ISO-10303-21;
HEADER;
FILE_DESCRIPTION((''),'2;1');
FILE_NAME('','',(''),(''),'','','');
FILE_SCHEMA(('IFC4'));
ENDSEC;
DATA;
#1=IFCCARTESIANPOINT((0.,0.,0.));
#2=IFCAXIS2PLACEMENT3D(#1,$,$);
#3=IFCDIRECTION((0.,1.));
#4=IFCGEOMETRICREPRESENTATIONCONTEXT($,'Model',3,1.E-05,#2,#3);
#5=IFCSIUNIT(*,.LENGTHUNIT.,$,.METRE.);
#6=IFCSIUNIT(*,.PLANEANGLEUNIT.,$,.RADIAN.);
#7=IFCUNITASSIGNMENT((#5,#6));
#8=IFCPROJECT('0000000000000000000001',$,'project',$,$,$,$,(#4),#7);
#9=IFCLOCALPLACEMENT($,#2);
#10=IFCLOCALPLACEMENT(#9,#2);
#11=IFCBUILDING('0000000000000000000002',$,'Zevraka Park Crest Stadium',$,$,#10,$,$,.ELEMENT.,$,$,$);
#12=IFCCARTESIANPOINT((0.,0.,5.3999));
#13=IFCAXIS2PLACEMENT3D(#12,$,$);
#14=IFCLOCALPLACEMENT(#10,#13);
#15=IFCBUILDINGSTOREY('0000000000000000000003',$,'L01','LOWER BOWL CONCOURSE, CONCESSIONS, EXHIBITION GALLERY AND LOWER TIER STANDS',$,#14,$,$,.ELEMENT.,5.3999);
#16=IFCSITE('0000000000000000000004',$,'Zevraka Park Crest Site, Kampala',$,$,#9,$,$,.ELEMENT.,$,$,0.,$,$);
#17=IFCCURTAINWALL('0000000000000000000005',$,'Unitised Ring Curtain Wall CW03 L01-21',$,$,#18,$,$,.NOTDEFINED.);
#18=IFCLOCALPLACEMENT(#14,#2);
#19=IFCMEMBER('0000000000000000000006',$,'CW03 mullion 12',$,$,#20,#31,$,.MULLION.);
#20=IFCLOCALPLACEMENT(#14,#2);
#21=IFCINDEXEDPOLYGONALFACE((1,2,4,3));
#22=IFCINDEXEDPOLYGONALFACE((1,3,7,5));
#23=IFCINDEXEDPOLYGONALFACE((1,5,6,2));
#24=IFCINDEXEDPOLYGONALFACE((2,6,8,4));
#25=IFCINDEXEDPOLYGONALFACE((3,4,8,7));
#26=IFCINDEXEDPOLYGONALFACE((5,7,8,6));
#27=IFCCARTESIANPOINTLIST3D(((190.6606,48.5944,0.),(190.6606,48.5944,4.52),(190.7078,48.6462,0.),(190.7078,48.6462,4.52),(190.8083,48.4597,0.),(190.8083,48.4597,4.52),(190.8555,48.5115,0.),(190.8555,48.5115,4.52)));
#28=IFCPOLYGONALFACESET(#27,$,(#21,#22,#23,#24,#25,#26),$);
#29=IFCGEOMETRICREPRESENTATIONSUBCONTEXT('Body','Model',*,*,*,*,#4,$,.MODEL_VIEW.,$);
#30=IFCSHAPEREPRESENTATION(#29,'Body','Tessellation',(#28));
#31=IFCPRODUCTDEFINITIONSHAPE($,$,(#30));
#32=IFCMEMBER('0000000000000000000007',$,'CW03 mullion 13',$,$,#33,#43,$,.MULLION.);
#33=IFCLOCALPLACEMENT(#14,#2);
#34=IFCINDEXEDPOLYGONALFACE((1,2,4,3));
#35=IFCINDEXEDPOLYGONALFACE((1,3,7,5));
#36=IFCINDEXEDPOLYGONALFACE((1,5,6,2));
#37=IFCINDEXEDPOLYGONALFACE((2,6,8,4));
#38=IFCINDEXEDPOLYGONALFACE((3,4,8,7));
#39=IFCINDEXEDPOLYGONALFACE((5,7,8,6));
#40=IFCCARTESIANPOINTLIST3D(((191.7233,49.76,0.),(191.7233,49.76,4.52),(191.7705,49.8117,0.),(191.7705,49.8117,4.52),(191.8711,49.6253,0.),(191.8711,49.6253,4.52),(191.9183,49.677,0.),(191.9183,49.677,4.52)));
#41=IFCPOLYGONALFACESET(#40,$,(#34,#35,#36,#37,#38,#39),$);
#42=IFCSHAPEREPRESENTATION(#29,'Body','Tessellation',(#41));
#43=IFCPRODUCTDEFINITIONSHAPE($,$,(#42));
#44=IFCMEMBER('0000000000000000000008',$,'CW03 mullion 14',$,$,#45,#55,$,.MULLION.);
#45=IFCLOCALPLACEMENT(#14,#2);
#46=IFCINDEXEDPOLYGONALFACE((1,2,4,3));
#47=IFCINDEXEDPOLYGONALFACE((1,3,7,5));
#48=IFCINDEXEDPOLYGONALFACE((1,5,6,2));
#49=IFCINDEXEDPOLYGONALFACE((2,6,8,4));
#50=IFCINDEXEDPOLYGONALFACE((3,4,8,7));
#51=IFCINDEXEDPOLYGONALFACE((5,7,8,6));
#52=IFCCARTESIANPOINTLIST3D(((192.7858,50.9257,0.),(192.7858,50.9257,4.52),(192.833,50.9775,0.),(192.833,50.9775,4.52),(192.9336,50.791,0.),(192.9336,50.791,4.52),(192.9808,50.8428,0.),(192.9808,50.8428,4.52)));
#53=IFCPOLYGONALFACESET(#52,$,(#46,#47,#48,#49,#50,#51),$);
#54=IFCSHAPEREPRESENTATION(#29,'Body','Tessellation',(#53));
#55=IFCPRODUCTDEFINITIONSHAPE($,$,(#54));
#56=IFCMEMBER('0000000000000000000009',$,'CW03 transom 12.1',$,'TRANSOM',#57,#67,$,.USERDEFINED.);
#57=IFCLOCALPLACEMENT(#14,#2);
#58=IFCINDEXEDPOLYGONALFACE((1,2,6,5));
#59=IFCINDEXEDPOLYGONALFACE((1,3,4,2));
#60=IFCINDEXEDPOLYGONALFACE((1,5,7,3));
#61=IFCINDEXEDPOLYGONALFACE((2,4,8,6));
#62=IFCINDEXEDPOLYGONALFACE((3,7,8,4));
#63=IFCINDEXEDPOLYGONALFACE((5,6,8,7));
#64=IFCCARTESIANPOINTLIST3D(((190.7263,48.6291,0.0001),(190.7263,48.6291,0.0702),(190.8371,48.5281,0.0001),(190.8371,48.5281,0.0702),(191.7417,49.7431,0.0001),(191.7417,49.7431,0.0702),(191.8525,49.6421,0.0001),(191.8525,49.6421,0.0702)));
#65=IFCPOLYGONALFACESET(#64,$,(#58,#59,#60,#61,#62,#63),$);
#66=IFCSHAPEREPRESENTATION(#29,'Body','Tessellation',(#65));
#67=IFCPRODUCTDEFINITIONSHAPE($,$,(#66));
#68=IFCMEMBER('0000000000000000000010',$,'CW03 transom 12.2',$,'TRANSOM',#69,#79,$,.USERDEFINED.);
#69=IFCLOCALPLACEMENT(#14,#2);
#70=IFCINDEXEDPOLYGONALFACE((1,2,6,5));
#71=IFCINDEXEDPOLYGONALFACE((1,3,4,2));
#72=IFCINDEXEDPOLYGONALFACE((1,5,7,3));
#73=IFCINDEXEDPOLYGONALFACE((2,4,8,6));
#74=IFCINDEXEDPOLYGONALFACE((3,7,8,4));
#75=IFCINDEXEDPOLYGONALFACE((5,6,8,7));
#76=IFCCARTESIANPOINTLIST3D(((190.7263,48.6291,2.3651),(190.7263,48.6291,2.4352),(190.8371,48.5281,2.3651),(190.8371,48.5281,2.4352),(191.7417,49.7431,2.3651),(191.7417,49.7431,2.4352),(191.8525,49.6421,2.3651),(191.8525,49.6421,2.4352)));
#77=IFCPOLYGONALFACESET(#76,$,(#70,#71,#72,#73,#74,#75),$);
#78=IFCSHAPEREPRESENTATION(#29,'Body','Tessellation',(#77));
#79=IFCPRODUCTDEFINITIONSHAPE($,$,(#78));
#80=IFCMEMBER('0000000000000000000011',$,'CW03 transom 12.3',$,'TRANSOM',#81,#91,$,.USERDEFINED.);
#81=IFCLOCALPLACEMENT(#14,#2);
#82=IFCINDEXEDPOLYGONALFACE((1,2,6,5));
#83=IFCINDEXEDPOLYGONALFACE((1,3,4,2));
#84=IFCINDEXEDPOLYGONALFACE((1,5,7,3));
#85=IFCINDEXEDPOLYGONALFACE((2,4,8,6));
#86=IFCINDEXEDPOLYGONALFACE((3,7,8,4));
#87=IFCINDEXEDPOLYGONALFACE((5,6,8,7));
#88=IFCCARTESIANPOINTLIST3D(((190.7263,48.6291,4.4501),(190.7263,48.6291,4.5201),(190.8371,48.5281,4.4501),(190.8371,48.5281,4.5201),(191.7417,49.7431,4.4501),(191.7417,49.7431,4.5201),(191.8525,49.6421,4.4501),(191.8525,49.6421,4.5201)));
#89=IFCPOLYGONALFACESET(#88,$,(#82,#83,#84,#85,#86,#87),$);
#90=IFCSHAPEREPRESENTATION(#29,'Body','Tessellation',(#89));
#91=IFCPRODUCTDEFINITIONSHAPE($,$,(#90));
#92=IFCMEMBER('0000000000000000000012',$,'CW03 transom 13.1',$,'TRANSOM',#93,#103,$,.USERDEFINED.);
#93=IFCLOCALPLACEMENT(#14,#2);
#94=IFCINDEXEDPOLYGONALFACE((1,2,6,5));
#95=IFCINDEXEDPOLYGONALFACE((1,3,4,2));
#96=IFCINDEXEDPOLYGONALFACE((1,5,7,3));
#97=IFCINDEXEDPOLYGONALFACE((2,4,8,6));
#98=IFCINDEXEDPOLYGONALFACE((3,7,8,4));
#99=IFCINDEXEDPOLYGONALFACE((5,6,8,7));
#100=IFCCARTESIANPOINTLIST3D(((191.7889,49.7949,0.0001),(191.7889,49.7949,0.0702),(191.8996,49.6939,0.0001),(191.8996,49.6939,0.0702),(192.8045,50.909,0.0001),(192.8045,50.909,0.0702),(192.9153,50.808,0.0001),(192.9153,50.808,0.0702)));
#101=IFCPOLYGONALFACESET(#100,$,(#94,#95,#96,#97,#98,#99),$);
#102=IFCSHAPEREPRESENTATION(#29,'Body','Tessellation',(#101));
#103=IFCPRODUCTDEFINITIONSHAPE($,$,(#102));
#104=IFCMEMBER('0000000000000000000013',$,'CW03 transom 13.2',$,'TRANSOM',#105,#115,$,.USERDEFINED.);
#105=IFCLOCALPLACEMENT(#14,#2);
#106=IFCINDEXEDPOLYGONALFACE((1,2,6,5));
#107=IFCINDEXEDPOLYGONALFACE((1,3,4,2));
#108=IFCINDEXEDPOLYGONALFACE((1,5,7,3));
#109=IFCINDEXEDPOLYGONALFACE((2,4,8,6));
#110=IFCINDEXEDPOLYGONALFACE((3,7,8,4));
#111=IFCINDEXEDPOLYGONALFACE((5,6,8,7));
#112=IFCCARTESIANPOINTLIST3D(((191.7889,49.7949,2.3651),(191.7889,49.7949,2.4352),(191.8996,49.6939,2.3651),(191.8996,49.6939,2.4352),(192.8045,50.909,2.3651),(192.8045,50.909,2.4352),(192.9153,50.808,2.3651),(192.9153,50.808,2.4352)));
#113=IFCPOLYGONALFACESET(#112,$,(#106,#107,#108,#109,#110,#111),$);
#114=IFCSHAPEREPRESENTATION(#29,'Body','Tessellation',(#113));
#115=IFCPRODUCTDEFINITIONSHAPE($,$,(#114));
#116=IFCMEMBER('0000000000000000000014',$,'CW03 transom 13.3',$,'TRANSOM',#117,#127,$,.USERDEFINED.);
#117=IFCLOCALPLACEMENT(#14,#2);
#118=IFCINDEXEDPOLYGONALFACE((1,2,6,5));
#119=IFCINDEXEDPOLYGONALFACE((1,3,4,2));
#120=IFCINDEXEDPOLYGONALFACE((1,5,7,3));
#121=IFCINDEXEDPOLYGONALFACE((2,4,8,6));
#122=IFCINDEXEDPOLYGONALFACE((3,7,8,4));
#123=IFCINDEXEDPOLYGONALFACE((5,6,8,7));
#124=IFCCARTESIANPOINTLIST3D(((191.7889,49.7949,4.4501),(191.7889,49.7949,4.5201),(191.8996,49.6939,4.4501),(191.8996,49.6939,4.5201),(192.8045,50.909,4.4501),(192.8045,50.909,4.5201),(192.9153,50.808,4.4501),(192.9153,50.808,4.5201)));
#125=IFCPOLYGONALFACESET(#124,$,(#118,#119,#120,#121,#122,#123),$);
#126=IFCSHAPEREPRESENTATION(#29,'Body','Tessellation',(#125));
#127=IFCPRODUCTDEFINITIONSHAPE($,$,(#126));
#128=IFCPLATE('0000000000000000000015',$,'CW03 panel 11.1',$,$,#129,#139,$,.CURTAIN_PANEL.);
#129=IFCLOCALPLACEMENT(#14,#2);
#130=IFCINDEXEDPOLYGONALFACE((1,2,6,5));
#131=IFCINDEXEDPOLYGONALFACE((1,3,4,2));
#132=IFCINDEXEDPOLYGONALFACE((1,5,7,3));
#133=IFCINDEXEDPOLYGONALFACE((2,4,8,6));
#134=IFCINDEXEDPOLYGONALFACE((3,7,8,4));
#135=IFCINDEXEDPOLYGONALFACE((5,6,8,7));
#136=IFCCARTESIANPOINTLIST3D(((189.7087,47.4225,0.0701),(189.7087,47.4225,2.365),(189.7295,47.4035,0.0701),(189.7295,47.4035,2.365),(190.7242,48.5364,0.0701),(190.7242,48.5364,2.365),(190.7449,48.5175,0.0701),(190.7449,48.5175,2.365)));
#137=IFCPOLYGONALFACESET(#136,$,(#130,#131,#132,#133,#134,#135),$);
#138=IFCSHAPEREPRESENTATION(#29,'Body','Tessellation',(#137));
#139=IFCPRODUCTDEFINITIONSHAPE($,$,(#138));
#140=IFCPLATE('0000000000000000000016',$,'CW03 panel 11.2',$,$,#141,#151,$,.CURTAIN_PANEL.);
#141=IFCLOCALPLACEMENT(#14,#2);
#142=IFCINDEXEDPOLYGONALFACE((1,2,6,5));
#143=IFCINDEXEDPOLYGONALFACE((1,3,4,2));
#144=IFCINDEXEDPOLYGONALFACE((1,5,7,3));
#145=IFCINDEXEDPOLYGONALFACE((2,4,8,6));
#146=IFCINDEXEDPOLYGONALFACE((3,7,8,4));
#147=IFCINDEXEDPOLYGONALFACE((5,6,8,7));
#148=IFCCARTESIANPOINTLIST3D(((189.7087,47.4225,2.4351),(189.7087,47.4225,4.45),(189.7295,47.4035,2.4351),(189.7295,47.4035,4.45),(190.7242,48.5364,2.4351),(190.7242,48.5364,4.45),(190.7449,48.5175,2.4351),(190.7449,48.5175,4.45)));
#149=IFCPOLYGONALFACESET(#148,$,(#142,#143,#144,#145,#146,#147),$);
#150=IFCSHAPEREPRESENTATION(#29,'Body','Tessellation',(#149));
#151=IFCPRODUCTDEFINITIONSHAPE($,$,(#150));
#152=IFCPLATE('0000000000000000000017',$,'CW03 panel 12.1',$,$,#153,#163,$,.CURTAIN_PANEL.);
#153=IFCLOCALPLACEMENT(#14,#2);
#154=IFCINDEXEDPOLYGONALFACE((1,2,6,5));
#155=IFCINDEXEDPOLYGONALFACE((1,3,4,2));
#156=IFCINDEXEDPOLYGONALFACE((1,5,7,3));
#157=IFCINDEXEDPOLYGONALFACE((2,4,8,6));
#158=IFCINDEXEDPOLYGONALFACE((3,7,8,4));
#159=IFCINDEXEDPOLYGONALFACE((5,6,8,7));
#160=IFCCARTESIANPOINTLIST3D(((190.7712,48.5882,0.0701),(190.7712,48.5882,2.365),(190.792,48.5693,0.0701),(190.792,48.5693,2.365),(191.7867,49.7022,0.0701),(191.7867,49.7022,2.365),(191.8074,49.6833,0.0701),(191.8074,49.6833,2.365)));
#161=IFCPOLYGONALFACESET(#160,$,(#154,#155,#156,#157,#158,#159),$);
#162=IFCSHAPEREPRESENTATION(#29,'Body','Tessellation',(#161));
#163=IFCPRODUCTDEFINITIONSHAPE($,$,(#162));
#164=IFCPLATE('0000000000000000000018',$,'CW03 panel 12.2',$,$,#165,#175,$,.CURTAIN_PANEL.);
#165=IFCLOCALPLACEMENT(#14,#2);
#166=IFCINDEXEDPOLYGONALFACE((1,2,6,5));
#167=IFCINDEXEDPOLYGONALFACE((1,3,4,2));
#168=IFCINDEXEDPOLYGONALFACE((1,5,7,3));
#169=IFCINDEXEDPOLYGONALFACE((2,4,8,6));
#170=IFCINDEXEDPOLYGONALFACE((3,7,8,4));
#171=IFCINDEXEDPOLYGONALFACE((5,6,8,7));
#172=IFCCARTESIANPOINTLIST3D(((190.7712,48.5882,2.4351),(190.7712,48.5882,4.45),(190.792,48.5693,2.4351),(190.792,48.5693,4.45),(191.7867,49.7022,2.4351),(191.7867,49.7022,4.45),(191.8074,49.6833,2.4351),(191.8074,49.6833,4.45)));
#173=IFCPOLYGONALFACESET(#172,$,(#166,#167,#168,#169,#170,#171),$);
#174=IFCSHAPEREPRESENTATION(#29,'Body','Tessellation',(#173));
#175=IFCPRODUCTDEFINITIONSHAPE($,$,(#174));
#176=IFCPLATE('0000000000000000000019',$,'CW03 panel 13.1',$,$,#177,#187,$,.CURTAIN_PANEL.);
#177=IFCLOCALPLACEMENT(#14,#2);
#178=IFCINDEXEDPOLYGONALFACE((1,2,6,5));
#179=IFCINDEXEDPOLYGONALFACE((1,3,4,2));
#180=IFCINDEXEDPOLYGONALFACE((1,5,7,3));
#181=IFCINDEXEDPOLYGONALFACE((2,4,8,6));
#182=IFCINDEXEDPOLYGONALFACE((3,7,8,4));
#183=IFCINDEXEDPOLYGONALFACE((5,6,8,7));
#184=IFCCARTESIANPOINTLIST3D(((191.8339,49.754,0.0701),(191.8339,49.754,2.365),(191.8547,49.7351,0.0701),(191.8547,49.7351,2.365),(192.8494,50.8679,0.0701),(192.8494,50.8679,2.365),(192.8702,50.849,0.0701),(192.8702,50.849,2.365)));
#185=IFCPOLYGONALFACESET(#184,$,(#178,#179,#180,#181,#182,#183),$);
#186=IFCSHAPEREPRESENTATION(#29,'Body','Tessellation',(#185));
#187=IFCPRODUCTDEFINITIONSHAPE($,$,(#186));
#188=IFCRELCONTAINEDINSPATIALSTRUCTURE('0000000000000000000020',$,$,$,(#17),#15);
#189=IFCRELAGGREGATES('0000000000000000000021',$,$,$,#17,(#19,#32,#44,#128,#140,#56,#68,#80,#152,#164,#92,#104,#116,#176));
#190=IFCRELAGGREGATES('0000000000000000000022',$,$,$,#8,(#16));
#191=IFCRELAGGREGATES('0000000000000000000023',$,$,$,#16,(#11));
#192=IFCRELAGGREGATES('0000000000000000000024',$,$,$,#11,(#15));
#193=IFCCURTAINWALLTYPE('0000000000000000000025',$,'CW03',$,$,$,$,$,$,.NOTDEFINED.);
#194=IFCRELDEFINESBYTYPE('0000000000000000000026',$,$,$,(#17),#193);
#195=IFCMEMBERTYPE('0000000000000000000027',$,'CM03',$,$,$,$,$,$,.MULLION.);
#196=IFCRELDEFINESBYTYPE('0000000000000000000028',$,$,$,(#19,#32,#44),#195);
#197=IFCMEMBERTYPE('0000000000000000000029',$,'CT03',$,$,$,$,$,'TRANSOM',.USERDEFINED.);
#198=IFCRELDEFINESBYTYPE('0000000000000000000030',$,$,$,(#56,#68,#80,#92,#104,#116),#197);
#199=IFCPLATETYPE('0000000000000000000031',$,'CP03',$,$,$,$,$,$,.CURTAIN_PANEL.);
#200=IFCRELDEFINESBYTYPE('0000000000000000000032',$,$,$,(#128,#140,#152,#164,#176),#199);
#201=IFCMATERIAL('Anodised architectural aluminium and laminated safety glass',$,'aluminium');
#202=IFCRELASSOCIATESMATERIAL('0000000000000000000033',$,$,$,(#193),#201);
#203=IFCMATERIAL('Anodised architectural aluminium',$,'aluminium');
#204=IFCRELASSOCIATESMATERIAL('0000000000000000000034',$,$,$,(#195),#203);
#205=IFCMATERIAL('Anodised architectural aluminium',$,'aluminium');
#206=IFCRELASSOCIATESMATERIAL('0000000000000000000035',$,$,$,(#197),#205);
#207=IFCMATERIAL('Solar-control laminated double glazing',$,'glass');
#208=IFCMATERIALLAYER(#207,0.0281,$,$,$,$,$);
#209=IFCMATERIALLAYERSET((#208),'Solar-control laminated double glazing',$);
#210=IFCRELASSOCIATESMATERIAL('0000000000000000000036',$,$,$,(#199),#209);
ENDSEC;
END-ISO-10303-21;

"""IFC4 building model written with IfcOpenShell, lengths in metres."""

from ifc_helpers import new_model, si_unit, direction, frame, origin, origin_2d, place, context, subcontext, project, spatial, rectangle, extrude, material, layer, layer_set, material_profile, profile_set, type_object, element, aggregate, save


model = new_model("IFC4")

# Units and contexts
model_context = context("Model", 3, precision=1e-05, world=origin(), true_north=direction((0.0, 1.0)))
body_context = subcontext(model_context, "Body", "Model", "MODEL_VIEW")
ifc_project = project(units=[si_unit("LENGTHUNIT", "METRE"), si_unit("PLANEANGLEUNIT", "RADIAN")], contexts=[model_context])

# Site, building, storey
site_placement = place(None, origin())
site = spatial("IfcSite", under=ifc_project, at=site_placement, Name="Zevraka Park Crest Site, Kampala", CompositionType="ELEMENT", RefElevation=0.0)
building_placement = place(site_placement, origin())
building = spatial("IfcBuilding", under=site, at=building_placement, Name="Zevraka Park Crest Stadium", CompositionType="ELEMENT")
storey_placement = place(building_placement, frame((0.0, 0.0, 5.3999)))
storey = spatial("IfcBuildingStorey", under=building, at=storey_placement, Name="L01", Description="LOWER BOWL CONCOURSE, CONCESSIONS, EXHIBITION GALLERY AND LOWER TIER STANDS", CompositionType="ELEMENT", Elevation=5.3999)

# Curtain wall, members, plates
ifc_material_1 = material(Name="Anodised architectural aluminium and laminated safety glass", Category="aluminium")
curtain_wall_type = type_object("IfcCurtainWallType", Name="CW03", PredefinedType="NOTDEFINED", material=ifc_material_1)
curtain_wall_placement = place(storey_placement, origin())
curtain_wall = element("IfcCurtainWall", 1, at=curtain_wall_placement, inside=storey, type_object=curtain_wall_type, Name="Unitised Ring Curtain Wall CW03 L01-21", PredefinedType="NOTDEFINED")
ifc_material_2 = material(Name="Anodised architectural aluminium", Category="aluminium")
ifc_material_profile_1 = material_profile(ifc_material_2, rectangle(XDim=0.2, YDim=0.0701, at=origin_2d()), Name="ALU MULLION 200x70")
ifc_profile_set_1 = profile_set([ifc_material_profile_1], Name="Anodised architectural aluminium")
member_type_1 = type_object("IfcMemberType", Name="CM03", PredefinedType="MULLION", material=ifc_profile_set_1)
member_1_placement = place(storey_placement, frame((190.7581, 48.553, 0.0), z_axis=(0.0, 0.0, 1.0), x_axis=(-0.739023, 0.67368, 0.0)))
member_1 = element("IfcMember", 2, at=member_1_placement, type_object=member_type_1, Name="CW03 mullion 12", PredefinedType="MULLION", context=body_context, shape_type="SweptSolid", body=[
    extrude(rectangle(XDim=0.2, YDim=0.0701, at=origin_2d()), origin(), (0.0, 0.0, 1.0), 4.52),
])
member_2_placement = place(storey_placement, frame((191.8208, 49.7185, 0.0), z_axis=(0.0, 0.0, 1.0), x_axis=(-0.739023, 0.67368, 0.0)))
member_2 = element("IfcMember", 3, at=member_2_placement, type_object=member_type_1, Name="CW03 mullion 13", PredefinedType="MULLION", context=body_context, shape_type="SweptSolid", body=[
    extrude(rectangle(XDim=0.2, YDim=0.0701, at=origin_2d()), origin(), (0.0, 0.0, 1.0), 4.52),
])
member_3_placement = place(storey_placement, frame((192.8833, 50.8843, 0.0), z_axis=(0.0, 0.0, 1.0), x_axis=(-0.739023, 0.67368, 0.0)))
member_3 = element("IfcMember", 4, at=member_3_placement, type_object=member_type_1, Name="CW03 mullion 14", PredefinedType="MULLION", context=body_context, shape_type="SweptSolid", body=[
    extrude(rectangle(XDim=0.2, YDim=0.0701, at=origin_2d()), origin(), (0.0, 0.0, 1.0), 4.52),
])
ifc_material_3 = material(Name="Anodised architectural aluminium", Category="aluminium")
ifc_material_profile_2 = material_profile(ifc_material_3, rectangle(XDim=0.1499, YDim=0.0701, at=origin_2d()), Name="ALU TRANSOM 150x70")
ifc_profile_set_2 = profile_set([ifc_material_profile_2], Name="Anodised architectural aluminium")
member_type_2 = type_object("IfcMemberType", Name="CT03", ElementType="TRANSOM", PredefinedType="USERDEFINED", material=ifc_profile_set_2)
member_4_placement = place(storey_placement, frame((190.7817, 48.5786, 0.0352), z_axis=(0.673632, 0.739067, 0.0), x_axis=(-0.739067, 0.673632, 0.0)))
member_4 = element("IfcMember", 5, at=member_4_placement, type_object=member_type_2, Name="CW03 transom 12.1", ObjectType="TRANSOM", PredefinedType="USERDEFINED", context=body_context, shape_type="SweptSolid", body=[
    extrude(rectangle(XDim=0.1499, YDim=0.0701, at=origin_2d()), origin(), (0.0, 0.0, 1.0), 1.5073),
])
member_5_placement = place(storey_placement, frame((190.7817, 48.5786, 2.4001), z_axis=(0.673632, 0.739067, 0.0), x_axis=(-0.739067, 0.673632, 0.0)))
member_5 = element("IfcMember", 6, at=member_5_placement, type_object=member_type_2, Name="CW03 transom 12.2", ObjectType="TRANSOM", PredefinedType="USERDEFINED", context=body_context, shape_type="SweptSolid", body=[
    extrude(rectangle(XDim=0.1499, YDim=0.0701, at=origin_2d()), origin(), (0.0, 0.0, 1.0), 1.5073),
])
member_6_placement = place(storey_placement, frame((190.7817, 48.5786, 4.4851), z_axis=(0.673632, 0.739067, 0.0), x_axis=(-0.739067, 0.673632, 0.0)))
member_6 = element("IfcMember", 7, at=member_6_placement, type_object=member_type_2, Name="CW03 transom 12.3", ObjectType="TRANSOM", PredefinedType="USERDEFINED", context=body_context, shape_type="SweptSolid", body=[
    extrude(rectangle(XDim=0.1499, YDim=0.0701, at=origin_2d()), origin(), (0.0, 0.0, 1.0), 1.5073),
])
member_7_placement = place(storey_placement, frame((191.8442, 49.7444, 0.0352), z_axis=(0.67372, 0.738987, 0.0), x_axis=(-0.738987, 0.67372, 0.0)))
member_7 = element("IfcMember", 8, at=member_7_placement, type_object=member_type_2, Name="CW03 transom 13.1", ObjectType="TRANSOM", PredefinedType="USERDEFINED", context=body_context, shape_type="SweptSolid", body=[
    extrude(rectangle(XDim=0.1499, YDim=0.0701, at=origin_2d()), origin(), (0.0, 0.0, 1.0), 1.5076),
])
member_8_placement = place(storey_placement, frame((191.8442, 49.7444, 2.4001), z_axis=(0.67372, 0.738987, 0.0), x_axis=(-0.738987, 0.67372, 0.0)))
member_8 = element("IfcMember", 9, at=member_8_placement, type_object=member_type_2, Name="CW03 transom 13.2", ObjectType="TRANSOM", PredefinedType="USERDEFINED", context=body_context, shape_type="SweptSolid", body=[
    extrude(rectangle(XDim=0.1499, YDim=0.0701, at=origin_2d()), origin(), (0.0, 0.0, 1.0), 1.5076),
])
member_9_placement = place(storey_placement, frame((191.8442, 49.7444, 4.4851), z_axis=(0.67372, 0.738987, 0.0), x_axis=(-0.738987, 0.67372, 0.0)))
member_9 = element("IfcMember", 10, at=member_9_placement, type_object=member_type_2, Name="CW03 transom 13.3", ObjectType="TRANSOM", PredefinedType="USERDEFINED", context=body_context, shape_type="SweptSolid", body=[
    extrude(rectangle(XDim=0.1499, YDim=0.0701, at=origin_2d()), origin(), (0.0, 0.0, 1.0), 1.5076),
])
ifc_material_4 = material(Name="Solar-control laminated double glazing", Category="glass")
ifc_layer_1 = layer(ifc_material_4, 0.0281)
ifc_layer_set_1 = layer_set([ifc_layer_1], Name="Solar-control laminated double glazing")
plate_type = type_object("IfcPlateType", Name="CP03", PredefinedType="CURTAIN_PANEL", material=ifc_layer_set_1)
plate_1_placement = place(storey_placement, frame((190.2268, 47.97, 0.0701), z_axis=(0.0, 0.0, 1.0), x_axis=(0.67368, 0.739023, 0.0)))
plate_1 = element("IfcPlate", 11, at=plate_1_placement, type_object=plate_type, Name="CW03 panel 11.1", PredefinedType="CURTAIN_PANEL", context=body_context, shape_type="SweptSolid", body=[
    extrude(rectangle(XDim=1.5073, YDim=0.0281, at=origin_2d()), origin(), (0.0, 0.0, 1.0), 2.2949),
])
plate_2_placement = place(storey_placement, frame((190.2268, 47.97, 2.4351), z_axis=(0.0, 0.0, 1.0), x_axis=(0.67368, 0.739023, 0.0)))
plate_2 = element("IfcPlate", 12, at=plate_2_placement, type_object=plate_type, Name="CW03 panel 11.2", PredefinedType="CURTAIN_PANEL", context=body_context, shape_type="SweptSolid", body=[
    extrude(rectangle(XDim=1.5073, YDim=0.0281, at=origin_2d()), origin(), (0.0, 0.0, 1.0), 2.0149),
])
plate_3_placement = place(storey_placement, frame((191.2893, 49.1357, 0.0701), z_axis=(0.0, 0.0, 1.0), x_axis=(0.67368, 0.739023, 0.0)))
plate_3 = element("IfcPlate", 13, at=plate_3_placement, type_object=plate_type, Name="CW03 panel 12.1", PredefinedType="CURTAIN_PANEL", context=body_context, shape_type="SweptSolid", body=[
    extrude(rectangle(XDim=1.5073, YDim=0.0281, at=origin_2d()), origin(), (0.0, 0.0, 1.0), 2.2949),
])
plate_4_placement = place(storey_placement, frame((191.2893, 49.1357, 2.4351), z_axis=(0.0, 0.0, 1.0), x_axis=(0.67368, 0.739023, 0.0)))
plate_4 = element("IfcPlate", 14, at=plate_4_placement, type_object=plate_type, Name="CW03 panel 12.2", PredefinedType="CURTAIN_PANEL", context=body_context, shape_type="SweptSolid", body=[
    extrude(rectangle(XDim=1.5073, YDim=0.0281, at=origin_2d()), origin(), (0.0, 0.0, 1.0), 2.0149),
])
plate_5_placement = place(storey_placement, frame((192.3521, 50.3015, 0.0701), z_axis=(0.0, 0.0, 1.0), x_axis=(0.67368, 0.739023, 0.0)))
plate_5 = element("IfcPlate", 15, at=plate_5_placement, type_object=plate_type, Name="CW03 panel 13.1", PredefinedType="CURTAIN_PANEL", context=body_context, shape_type="SweptSolid", body=[
    extrude(rectangle(XDim=1.5073, YDim=0.0281, at=origin_2d()), origin(), (0.0, 0.0, 1.0), 2.2949),
])
aggregate(curtain_wall, [member_1, member_2, member_3, plate_1, plate_2, member_4, member_5, member_6, plate_3, plate_4, member_7, member_8, member_9, plate_5])

save(model, "model.ifc")
